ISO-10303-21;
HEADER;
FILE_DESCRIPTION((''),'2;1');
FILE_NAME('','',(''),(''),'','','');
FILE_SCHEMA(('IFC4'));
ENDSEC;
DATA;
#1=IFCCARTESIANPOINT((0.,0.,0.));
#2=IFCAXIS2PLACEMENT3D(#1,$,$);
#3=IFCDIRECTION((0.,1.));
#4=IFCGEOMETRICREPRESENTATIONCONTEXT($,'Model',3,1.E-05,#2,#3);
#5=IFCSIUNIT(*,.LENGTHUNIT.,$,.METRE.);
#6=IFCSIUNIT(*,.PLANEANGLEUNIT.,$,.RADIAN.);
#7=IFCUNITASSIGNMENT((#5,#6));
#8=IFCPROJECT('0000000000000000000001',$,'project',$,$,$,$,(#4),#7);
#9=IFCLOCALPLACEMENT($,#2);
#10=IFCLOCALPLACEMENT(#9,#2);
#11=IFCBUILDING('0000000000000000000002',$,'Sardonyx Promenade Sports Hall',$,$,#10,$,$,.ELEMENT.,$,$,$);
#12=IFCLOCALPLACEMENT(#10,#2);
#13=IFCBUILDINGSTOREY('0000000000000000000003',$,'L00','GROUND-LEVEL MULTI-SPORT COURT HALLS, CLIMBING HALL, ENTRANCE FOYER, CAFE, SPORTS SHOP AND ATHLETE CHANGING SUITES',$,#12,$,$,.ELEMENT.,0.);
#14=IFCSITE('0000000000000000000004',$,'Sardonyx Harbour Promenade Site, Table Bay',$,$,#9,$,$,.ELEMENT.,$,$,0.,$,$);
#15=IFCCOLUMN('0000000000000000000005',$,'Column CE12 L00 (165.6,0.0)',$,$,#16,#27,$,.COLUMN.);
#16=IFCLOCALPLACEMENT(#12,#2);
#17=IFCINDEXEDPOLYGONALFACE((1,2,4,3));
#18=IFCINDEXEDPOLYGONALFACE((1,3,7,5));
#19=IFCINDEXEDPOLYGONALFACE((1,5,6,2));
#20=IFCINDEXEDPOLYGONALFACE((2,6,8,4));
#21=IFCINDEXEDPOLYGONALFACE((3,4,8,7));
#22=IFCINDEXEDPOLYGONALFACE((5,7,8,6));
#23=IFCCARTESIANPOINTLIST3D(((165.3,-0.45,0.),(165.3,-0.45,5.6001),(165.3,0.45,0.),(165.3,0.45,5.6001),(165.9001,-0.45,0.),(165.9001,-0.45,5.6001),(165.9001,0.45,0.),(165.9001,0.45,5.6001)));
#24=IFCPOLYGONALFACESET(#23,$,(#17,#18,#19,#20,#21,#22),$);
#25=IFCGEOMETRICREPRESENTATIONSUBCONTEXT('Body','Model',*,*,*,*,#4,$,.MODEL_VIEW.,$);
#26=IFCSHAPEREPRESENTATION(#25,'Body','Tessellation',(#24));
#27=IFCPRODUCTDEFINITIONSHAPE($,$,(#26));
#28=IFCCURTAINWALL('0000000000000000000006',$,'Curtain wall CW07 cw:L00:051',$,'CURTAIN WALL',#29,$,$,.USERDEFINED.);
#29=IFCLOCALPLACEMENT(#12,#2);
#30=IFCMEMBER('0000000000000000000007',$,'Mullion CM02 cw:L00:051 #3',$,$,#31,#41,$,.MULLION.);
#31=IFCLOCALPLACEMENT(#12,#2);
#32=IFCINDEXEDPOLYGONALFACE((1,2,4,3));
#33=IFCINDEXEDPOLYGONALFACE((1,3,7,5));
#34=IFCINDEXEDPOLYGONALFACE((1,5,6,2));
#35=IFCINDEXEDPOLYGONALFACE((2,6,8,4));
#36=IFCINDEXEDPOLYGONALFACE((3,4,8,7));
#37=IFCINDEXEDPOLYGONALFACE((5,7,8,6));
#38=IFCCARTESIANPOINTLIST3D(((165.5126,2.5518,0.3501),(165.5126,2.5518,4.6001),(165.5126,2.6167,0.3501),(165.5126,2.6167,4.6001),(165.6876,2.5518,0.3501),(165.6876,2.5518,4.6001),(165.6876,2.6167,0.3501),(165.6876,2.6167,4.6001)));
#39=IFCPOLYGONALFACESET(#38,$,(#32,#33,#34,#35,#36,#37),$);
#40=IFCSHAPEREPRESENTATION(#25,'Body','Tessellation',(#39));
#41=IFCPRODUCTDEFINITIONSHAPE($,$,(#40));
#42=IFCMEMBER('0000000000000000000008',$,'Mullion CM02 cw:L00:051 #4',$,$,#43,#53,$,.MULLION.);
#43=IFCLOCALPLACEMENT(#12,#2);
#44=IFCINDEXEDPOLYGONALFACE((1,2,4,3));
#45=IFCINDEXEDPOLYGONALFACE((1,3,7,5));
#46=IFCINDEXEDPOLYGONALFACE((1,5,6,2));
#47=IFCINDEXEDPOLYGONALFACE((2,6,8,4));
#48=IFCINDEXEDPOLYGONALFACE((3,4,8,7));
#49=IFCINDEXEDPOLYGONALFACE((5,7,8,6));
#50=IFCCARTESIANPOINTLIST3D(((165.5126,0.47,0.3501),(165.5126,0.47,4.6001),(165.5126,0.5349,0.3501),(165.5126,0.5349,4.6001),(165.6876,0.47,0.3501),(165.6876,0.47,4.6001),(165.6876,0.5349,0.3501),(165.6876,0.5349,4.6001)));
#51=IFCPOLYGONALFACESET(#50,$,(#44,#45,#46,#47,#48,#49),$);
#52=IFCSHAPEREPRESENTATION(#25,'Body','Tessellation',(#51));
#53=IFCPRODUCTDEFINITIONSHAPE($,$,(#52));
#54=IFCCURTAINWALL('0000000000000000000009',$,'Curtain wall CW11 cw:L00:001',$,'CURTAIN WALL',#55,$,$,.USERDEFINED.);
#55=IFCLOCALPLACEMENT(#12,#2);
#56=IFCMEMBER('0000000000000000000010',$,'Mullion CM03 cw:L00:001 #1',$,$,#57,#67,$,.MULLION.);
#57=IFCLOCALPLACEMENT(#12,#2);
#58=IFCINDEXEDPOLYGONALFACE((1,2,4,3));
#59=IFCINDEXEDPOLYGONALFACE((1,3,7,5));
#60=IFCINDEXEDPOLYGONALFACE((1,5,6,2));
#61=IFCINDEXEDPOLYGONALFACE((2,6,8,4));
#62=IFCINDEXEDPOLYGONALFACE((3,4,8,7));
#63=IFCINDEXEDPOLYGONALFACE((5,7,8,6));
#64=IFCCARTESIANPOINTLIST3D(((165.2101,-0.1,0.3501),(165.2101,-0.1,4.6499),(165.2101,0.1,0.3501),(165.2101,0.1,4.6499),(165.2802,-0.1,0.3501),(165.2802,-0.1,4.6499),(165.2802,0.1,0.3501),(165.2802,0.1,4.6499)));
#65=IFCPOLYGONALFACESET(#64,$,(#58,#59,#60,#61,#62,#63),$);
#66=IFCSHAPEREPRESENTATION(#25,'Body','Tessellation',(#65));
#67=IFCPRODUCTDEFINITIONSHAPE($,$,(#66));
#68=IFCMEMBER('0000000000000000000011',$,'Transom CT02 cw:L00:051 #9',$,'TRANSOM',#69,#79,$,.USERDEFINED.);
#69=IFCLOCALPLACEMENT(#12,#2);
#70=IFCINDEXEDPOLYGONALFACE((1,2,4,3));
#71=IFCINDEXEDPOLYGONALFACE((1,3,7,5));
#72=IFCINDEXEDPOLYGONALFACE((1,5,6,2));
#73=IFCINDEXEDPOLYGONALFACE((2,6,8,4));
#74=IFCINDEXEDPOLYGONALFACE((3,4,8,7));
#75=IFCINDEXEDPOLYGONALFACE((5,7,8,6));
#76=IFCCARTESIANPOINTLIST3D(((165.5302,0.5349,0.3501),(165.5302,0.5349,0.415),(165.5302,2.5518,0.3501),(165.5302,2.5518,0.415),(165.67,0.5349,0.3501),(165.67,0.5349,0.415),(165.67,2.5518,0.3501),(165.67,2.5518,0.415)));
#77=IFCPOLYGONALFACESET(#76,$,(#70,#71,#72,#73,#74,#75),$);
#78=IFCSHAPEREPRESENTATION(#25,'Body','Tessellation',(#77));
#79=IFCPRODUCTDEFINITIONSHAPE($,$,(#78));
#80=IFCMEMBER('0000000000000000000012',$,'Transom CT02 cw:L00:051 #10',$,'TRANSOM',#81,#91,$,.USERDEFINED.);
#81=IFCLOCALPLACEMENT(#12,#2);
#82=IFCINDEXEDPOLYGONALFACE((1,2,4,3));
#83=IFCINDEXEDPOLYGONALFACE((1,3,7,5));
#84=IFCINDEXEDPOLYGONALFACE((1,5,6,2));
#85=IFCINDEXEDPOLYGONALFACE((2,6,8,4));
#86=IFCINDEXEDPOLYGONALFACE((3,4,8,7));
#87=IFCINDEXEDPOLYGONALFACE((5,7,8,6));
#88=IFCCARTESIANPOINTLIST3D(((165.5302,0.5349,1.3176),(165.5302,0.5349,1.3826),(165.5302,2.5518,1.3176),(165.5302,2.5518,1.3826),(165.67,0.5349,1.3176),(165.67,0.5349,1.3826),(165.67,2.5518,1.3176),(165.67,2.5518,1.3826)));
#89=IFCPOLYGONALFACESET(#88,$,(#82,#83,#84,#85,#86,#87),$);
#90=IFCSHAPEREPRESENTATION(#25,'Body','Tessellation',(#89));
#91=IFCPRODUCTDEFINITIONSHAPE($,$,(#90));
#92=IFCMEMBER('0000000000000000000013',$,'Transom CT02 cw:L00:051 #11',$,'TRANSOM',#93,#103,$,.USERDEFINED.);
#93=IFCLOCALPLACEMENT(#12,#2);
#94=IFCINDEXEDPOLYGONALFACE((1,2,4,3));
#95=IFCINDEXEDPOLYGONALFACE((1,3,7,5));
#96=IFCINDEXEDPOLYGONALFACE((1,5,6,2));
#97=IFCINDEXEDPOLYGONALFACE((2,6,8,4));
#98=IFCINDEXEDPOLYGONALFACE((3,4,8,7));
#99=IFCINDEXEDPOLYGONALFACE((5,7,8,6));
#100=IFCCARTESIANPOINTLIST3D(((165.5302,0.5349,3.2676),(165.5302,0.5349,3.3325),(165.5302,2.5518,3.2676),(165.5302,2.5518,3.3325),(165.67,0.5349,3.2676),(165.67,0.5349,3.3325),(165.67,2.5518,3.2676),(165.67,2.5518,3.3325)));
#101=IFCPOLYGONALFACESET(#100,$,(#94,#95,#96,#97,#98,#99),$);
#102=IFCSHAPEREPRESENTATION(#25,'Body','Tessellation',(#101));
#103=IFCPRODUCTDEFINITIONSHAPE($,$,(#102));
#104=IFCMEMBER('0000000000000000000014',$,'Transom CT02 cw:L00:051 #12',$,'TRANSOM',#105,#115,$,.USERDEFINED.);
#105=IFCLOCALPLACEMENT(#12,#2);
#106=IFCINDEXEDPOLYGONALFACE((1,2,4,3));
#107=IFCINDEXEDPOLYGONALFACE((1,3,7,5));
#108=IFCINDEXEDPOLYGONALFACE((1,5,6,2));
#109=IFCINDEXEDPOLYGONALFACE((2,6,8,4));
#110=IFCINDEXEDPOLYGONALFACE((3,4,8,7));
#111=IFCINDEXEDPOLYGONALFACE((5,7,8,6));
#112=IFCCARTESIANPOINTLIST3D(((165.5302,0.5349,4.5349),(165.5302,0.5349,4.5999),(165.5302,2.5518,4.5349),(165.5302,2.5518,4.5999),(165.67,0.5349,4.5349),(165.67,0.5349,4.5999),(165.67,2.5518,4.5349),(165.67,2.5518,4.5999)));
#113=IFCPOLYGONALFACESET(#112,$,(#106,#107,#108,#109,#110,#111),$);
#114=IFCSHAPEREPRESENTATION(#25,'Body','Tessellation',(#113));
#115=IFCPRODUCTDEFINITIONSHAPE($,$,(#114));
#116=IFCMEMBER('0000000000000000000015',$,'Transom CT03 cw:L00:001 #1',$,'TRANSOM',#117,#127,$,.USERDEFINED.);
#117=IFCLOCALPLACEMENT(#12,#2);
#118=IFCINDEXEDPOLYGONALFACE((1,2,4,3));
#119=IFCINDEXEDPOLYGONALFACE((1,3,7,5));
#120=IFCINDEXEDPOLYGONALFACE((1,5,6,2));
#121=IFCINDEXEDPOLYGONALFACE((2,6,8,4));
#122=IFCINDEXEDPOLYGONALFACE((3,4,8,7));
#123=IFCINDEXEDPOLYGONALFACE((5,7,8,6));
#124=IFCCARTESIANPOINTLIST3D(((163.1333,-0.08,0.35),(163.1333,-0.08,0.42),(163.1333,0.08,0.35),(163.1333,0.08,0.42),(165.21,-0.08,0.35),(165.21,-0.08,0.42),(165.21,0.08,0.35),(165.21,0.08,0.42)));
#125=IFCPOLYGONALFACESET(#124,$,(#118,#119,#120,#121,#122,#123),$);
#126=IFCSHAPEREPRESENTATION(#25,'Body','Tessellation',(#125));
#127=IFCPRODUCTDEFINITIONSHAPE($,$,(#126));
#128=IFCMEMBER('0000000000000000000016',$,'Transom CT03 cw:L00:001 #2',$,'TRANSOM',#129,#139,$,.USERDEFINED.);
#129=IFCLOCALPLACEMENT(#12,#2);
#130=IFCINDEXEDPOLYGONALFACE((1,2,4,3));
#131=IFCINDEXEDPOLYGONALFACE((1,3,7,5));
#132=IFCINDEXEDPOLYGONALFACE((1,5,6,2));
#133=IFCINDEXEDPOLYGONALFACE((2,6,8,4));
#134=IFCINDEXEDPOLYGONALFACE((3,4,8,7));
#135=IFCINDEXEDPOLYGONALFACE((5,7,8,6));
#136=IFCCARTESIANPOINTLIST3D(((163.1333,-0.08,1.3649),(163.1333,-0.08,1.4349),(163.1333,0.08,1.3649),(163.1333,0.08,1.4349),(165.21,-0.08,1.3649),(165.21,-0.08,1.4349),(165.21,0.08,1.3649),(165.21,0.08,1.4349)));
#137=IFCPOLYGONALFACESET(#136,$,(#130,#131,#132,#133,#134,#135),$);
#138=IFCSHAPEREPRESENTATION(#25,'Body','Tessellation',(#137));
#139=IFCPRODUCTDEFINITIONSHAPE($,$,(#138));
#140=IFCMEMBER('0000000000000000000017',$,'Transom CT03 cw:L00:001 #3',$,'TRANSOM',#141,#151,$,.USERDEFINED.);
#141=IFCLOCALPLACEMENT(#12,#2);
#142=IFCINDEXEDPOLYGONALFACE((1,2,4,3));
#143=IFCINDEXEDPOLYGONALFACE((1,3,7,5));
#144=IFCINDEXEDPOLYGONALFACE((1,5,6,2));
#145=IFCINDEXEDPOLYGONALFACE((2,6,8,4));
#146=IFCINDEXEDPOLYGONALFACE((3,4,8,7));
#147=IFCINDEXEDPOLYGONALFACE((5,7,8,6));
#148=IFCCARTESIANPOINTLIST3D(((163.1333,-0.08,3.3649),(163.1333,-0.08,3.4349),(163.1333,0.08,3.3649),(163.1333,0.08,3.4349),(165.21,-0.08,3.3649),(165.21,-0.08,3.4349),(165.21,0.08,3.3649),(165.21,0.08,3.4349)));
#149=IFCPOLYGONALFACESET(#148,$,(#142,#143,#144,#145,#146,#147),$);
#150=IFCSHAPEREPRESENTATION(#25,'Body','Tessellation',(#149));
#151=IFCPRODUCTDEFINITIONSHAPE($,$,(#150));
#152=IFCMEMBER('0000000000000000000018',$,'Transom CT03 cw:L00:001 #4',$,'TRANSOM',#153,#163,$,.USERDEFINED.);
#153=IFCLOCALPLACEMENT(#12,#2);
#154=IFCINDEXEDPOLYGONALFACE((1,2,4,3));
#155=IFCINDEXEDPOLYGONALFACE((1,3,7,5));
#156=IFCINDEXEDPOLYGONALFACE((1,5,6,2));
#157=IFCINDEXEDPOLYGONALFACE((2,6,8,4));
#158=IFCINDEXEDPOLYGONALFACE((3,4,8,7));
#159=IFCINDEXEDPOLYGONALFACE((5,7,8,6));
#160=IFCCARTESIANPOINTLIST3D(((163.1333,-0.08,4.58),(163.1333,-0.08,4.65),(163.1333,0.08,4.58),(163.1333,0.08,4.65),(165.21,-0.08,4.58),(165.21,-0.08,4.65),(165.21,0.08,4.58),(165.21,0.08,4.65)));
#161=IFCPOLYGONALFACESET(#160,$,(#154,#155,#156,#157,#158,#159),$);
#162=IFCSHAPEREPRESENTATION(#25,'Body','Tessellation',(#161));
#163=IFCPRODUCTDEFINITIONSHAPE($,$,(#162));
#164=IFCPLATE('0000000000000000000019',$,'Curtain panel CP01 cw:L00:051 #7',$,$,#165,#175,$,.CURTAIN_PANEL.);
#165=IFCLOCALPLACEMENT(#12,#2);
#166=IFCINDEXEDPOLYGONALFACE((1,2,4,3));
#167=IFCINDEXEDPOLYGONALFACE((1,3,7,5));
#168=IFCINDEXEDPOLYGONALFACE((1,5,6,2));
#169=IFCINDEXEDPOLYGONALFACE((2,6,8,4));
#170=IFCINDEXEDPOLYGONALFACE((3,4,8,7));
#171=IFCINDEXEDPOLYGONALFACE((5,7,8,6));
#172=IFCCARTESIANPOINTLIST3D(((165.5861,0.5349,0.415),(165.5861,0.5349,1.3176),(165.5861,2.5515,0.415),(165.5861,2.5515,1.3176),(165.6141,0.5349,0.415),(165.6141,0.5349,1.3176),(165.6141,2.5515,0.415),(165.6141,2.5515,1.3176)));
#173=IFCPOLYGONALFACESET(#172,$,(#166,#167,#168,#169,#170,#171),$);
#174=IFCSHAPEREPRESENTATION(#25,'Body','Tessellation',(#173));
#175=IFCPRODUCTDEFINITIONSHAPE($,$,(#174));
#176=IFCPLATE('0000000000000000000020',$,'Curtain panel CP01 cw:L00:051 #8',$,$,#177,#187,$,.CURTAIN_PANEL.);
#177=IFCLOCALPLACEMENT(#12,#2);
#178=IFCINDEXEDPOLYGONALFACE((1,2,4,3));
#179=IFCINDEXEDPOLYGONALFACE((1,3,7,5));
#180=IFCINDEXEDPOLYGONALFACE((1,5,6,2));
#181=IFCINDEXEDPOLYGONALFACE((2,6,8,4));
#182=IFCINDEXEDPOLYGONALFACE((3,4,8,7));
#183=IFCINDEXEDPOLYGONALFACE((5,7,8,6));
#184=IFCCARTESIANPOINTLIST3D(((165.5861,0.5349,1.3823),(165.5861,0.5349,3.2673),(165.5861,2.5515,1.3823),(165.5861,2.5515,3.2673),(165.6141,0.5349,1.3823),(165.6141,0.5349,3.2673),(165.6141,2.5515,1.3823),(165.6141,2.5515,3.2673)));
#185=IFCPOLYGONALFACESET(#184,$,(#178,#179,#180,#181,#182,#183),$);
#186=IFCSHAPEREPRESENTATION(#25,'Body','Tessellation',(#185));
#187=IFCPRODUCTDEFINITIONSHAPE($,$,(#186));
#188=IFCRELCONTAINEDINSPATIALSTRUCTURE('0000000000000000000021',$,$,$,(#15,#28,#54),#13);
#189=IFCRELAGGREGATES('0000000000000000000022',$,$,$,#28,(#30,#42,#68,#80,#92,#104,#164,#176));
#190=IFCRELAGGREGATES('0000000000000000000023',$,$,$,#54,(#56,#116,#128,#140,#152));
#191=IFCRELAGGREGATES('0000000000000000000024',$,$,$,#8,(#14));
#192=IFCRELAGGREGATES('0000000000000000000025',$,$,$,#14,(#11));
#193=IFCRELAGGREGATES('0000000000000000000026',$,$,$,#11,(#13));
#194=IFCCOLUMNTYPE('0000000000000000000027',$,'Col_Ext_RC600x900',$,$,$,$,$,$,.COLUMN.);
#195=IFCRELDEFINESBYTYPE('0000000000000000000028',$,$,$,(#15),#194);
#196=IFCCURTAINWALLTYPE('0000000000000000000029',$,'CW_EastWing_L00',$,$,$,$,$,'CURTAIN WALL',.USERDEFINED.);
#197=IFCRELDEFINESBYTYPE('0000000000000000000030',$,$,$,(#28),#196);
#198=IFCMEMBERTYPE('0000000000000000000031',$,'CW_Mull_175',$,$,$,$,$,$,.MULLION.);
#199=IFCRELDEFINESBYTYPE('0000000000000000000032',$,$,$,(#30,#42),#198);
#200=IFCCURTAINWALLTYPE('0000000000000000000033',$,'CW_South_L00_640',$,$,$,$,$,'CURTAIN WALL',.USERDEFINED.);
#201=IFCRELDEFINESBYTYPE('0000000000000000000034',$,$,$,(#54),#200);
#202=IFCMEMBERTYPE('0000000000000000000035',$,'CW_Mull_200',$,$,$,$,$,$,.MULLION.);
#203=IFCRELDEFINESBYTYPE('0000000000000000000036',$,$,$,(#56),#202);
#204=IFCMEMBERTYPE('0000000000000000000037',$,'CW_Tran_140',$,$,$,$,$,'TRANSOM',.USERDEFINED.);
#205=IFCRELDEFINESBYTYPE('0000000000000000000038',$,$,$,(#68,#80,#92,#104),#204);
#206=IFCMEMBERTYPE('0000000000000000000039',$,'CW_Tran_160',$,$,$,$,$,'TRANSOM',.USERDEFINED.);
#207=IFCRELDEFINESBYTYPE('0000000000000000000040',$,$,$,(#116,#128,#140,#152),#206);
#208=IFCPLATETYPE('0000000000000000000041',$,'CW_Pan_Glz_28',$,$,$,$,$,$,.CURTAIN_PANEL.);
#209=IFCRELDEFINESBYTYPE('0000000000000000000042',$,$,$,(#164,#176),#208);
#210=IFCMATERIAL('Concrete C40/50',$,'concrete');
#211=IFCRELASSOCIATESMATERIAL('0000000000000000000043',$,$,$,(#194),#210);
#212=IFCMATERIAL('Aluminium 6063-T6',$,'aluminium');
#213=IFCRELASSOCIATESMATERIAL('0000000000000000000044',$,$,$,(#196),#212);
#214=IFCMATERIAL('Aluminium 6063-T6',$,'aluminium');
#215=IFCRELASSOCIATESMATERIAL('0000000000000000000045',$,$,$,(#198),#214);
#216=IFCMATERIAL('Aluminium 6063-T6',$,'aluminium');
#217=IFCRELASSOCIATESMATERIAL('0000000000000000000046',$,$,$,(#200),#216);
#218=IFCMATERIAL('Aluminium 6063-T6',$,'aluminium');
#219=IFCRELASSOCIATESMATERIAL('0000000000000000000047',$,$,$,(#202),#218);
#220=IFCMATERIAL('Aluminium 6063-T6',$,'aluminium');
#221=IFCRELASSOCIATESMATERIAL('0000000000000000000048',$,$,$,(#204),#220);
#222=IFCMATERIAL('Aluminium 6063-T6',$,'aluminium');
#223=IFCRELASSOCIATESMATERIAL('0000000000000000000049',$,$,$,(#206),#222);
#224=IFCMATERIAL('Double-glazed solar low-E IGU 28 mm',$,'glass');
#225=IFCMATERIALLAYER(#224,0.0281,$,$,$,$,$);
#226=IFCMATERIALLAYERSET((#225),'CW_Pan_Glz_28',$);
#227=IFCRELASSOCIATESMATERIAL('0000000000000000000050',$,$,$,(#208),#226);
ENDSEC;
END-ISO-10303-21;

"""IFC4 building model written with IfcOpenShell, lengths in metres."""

from ifc_helpers import new_model, si_unit, direction, frame, origin, origin_2d, place, context, subcontext, project, spatial, rectangle, extrude, material, layer, layer_set, material_profile, profile_set, type_object, element, aggregate, save


model = new_model("IFC4")

# Units and contexts
model_context = context("Model", 3, precision=1e-05, world=origin(), true_north=direction((0.0, 1.0)))
body_context = subcontext(model_context, "Body", "Model", "MODEL_VIEW")
ifc_project = project(units=[si_unit("LENGTHUNIT", "METRE"), si_unit("PLANEANGLEUNIT", "RADIAN")], contexts=[model_context])

# Site, building, storey
site_placement = place(None, origin())
site = spatial("IfcSite", under=ifc_project, at=site_placement, Name="Sardonyx Harbour Promenade Site, Table Bay", CompositionType="ELEMENT", RefElevation=0.0)
building_placement = place(site_placement, origin())
building = spatial("IfcBuilding", under=site, at=building_placement, Name="Sardonyx Promenade Sports Hall", CompositionType="ELEMENT")
storey_placement = place(building_placement, origin())
storey = spatial("IfcBuildingStorey", under=building, at=storey_placement, Name="L00", Description="GROUND-LEVEL MULTI-SPORT COURT HALLS, CLIMBING HALL, ENTRANCE FOYER, CAFE, SPORTS SHOP AND ATHLETE CHANGING SUITES", CompositionType="ELEMENT", Elevation=0.0)

# Column
ifc_material_1 = material(Name="Concrete C40/50", Category="concrete")
ifc_material_profile_1 = material_profile(ifc_material_1, rectangle(XDim=0.6001, YDim=0.8999, at=origin_2d()))
ifc_profile_set_1 = profile_set([ifc_material_profile_1], Name="Concrete C40/50")
column_type = type_object("IfcColumnType", Name="Col_Ext_RC600x900", PredefinedType="COLUMN", material=ifc_profile_set_1)
column_placement = place(storey_placement, frame((165.6001, 0.0, 0.0), z_axis=(0.0, 0.0, 1.0), x_axis=(1.0, 0.0, 0.0)))
element("IfcColumn", 1, at=column_placement, inside=storey, type_object=column_type, Name="Column CE12 L00 (165.6,0.0)", PredefinedType="COLUMN", context=body_context, shape_type="SweptSolid", body=[
    extrude(rectangle(XDim=0.6001, YDim=0.8999, at=origin_2d()), origin(), (0.0, 0.0, 1.0), 5.6001),
])

# Curtain wall, members
ifc_material_2 = material(Name="Aluminium 6063-T6", Category="aluminium")
curtain_wall_type_1 = type_object("IfcCurtainWallType", Name="CW_EastWing_L00", ElementType="CURTAIN WALL", PredefinedType="USERDEFINED", material=ifc_material_2)
curtain_wall_1_placement = place(storey_placement, origin())
curtain_wall_1 = element("IfcCurtainWall", 2, at=curtain_wall_1_placement, inside=storey, type_object=curtain_wall_type_1, Name="Curtain wall CW07 cw:L00:051", ObjectType="CURTAIN WALL", PredefinedType="USERDEFINED")
ifc_material_3 = material(Name="Aluminium 6063-T6", Category="aluminium")
ifc_material_profile_2 = material_profile(ifc_material_3, rectangle(XDim=0.0649, YDim=0.175, at=origin_2d()))
ifc_profile_set_2 = profile_set([ifc_material_profile_2], Name="Aluminium 6063-T6")
member_type_1 = type_object("IfcMemberType", Name="CW_Mull_175", PredefinedType="MULLION", material=ifc_profile_set_2)
member_1_placement = place(storey_placement, frame((165.6001, 2.5842, 0.3501), z_axis=(0.0, 0.0, 1.0), x_axis=(0.0, -1.0, 0.0)))
member_1 = element("IfcMember", 3, at=member_1_placement, type_object=member_type_1, Name="Mullion CM02 cw:L00:051 #3", PredefinedType="MULLION", context=body_context, shape_type="SweptSolid", body=[
    extrude(rectangle(XDim=0.0649, YDim=0.175, at=origin_2d()), origin(), (0.0, 0.0, 1.0), 4.25),
])
member_2_placement = place(storey_placement, frame((165.6001, 0.5024, 0.3501), z_axis=(0.0, 0.0, 1.0), x_axis=(0.0, -1.0, 0.0)))
member_2 = element("IfcMember", 4, at=member_2_placement, type_object=member_type_1, Name="Mullion CM02 cw:L00:051 #4", PredefinedType="MULLION", context=body_context, shape_type="SweptSolid", body=[
    extrude(rectangle(XDim=0.0649, YDim=0.175, at=origin_2d()), origin(), (0.0, 0.0, 1.0), 4.25),
])

# Curtain wall, member
ifc_material_4 = material(Name="Aluminium 6063-T6", Category="aluminium")
curtain_wall_type_2 = type_object("IfcCurtainWallType", Name="CW_South_L00_640", ElementType="CURTAIN WALL", PredefinedType="USERDEFINED", material=ifc_material_4)
curtain_wall_2_placement = place(storey_placement, origin())
curtain_wall_2 = element("IfcCurtainWall", 5, at=curtain_wall_2_placement, inside=storey, type_object=curtain_wall_type_2, Name="Curtain wall CW11 cw:L00:001", ObjectType="CURTAIN WALL", PredefinedType="USERDEFINED")
ifc_material_5 = material(Name="Aluminium 6063-T6", Category="aluminium")
ifc_material_profile_3 = material_profile(ifc_material_5, rectangle(XDim=0.0701, YDim=0.2, at=origin_2d()))
ifc_profile_set_3 = profile_set([ifc_material_profile_3], Name="Aluminium 6063-T6")
member_type_2 = type_object("IfcMemberType", Name="CW_Mull_200", PredefinedType="MULLION", material=ifc_profile_set_3)
member_3_placement = place(storey_placement, frame((165.2451, 0.0, 0.3501), z_axis=(0.0, 0.0, 1.0), x_axis=(-1.0, 0.0, 0.0)))
member_3 = element("IfcMember", 6, at=member_3_placement, type_object=member_type_2, Name="Mullion CM03 cw:L00:001 #1", PredefinedType="MULLION", context=body_context, shape_type="SweptSolid", body=[
    extrude(rectangle(XDim=0.0701, YDim=0.2, at=origin_2d()), origin(), (0.0, 0.0, 1.0), 4.2998),
])

# Members
ifc_material_6 = material(Name="Aluminium 6063-T6", Category="aluminium")
ifc_material_profile_4 = material_profile(ifc_material_6, rectangle(XDim=0.0649, YDim=0.1399, at=origin_2d()))
ifc_profile_set_4 = profile_set([ifc_material_profile_4], Name="Aluminium 6063-T6")
member_type_3 = type_object("IfcMemberType", Name="CW_Tran_140", ElementType="TRANSOM", PredefinedType="USERDEFINED", material=ifc_profile_set_4)
member_4_placement = place(storey_placement, frame((165.6001, 2.5518, 0.3826), z_axis=(0.0, -1.0, 0.0), x_axis=(0.0, 0.0, 1.0)))
member_4 = element("IfcMember", 7, at=member_4_placement, type_object=member_type_3, Name="Transom CT02 cw:L00:051 #9", ObjectType="TRANSOM", PredefinedType="USERDEFINED", context=body_context, shape_type="SweptSolid", body=[
    extrude(rectangle(XDim=0.0649, YDim=0.1399, at=origin_2d()), origin(), (0.0, 0.0, 1.0), 2.0168),
])
member_5_placement = place(storey_placement, frame((165.6001, 2.5518, 1.3501), z_axis=(0.0, -1.0, 0.0), x_axis=(0.0, 0.0, 1.0)))
member_5 = element("IfcMember", 8, at=member_5_placement, type_object=member_type_3, Name="Transom CT02 cw:L00:051 #10", ObjectType="TRANSOM", PredefinedType="USERDEFINED", context=body_context, shape_type="SweptSolid", body=[
    extrude(rectangle(XDim=0.0649, YDim=0.1399, at=origin_2d()), origin(), (0.0, 0.0, 1.0), 2.0168),
])
member_6_placement = place(storey_placement, frame((165.6001, 2.5518, 3.3), z_axis=(0.0, -1.0, 0.0), x_axis=(0.0, 0.0, 1.0)))
member_6 = element("IfcMember", 9, at=member_6_placement, type_object=member_type_3, Name="Transom CT02 cw:L00:051 #11", ObjectType="TRANSOM", PredefinedType="USERDEFINED", context=body_context, shape_type="SweptSolid", body=[
    extrude(rectangle(XDim=0.0649, YDim=0.1399, at=origin_2d()), origin(), (0.0, 0.0, 1.0), 2.0168),
])
member_7_placement = place(storey_placement, frame((165.6001, 2.5518, 4.5674), z_axis=(0.0, -1.0, 0.0), x_axis=(0.0, 0.0, 1.0)))
member_7 = element("IfcMember", 10, at=member_7_placement, type_object=member_type_3, Name="Transom CT02 cw:L00:051 #12", ObjectType="TRANSOM", PredefinedType="USERDEFINED", context=body_context, shape_type="SweptSolid", body=[
    extrude(rectangle(XDim=0.0649, YDim=0.1399, at=origin_2d()), origin(), (0.0, 0.0, 1.0), 2.0168),
])
ifc_material_7 = material(Name="Aluminium 6063-T6", Category="aluminium")
ifc_material_profile_5 = material_profile(ifc_material_7, rectangle(XDim=0.0701, YDim=0.1599, at=origin_2d()))
ifc_profile_set_5 = profile_set([ifc_material_profile_5], Name="Aluminium 6063-T6")
member_type_4 = type_object("IfcMemberType", Name="CW_Tran_160", ElementType="TRANSOM", PredefinedType="USERDEFINED", material=ifc_profile_set_5)
member_8_placement = place(storey_placement, frame((165.21, 0.0, 0.385), z_axis=(-1.0, 0.0, 0.0), x_axis=(0.0, 0.0, 1.0)))
member_8 = element("IfcMember", 11, at=member_8_placement, type_object=member_type_4, Name="Transom CT03 cw:L00:001 #1", ObjectType="TRANSOM", PredefinedType="USERDEFINED", context=body_context, shape_type="SweptSolid", body=[
    extrude(rectangle(XDim=0.0701, YDim=0.1599, at=origin_2d()), origin(), (0.0, 0.0, 1.0), 2.0767),
])
member_9_placement = place(storey_placement, frame((165.21, 0.0, 1.3999), z_axis=(-1.0, 0.0, 0.0), x_axis=(0.0, 0.0, 1.0)))
member_9 = element("IfcMember", 12, at=member_9_placement, type_object=member_type_4, Name="Transom CT03 cw:L00:001 #2", ObjectType="TRANSOM", PredefinedType="USERDEFINED", context=body_context, shape_type="SweptSolid", body=[
    extrude(rectangle(XDim=0.0701, YDim=0.1599, at=origin_2d()), origin(), (0.0, 0.0, 1.0), 2.0767),
])
member_10_placement = place(storey_placement, frame((165.21, 0.0, 3.3999), z_axis=(-1.0, 0.0, 0.0), x_axis=(0.0, 0.0, 1.0)))
member_10 = element("IfcMember", 13, at=member_10_placement, type_object=member_type_4, Name="Transom CT03 cw:L00:001 #3", ObjectType="TRANSOM", PredefinedType="USERDEFINED", context=body_context, shape_type="SweptSolid", body=[
    extrude(rectangle(XDim=0.0701, YDim=0.1599, at=origin_2d()), origin(), (0.0, 0.0, 1.0), 2.0767),
])
member_11_placement = place(storey_placement, frame((165.21, 0.0, 4.615), z_axis=(-1.0, 0.0, 0.0), x_axis=(0.0, 0.0, 1.0)))
member_11 = element("IfcMember", 14, at=member_11_placement, type_object=member_type_4, Name="Transom CT03 cw:L00:001 #4", ObjectType="TRANSOM", PredefinedType="USERDEFINED", context=body_context, shape_type="SweptSolid", body=[
    extrude(rectangle(XDim=0.0701, YDim=0.1599, at=origin_2d()), origin(), (0.0, 0.0, 1.0), 2.0767),
])

# Plates
ifc_material_8 = material(Name="Double-glazed solar low-E IGU 28 mm", Category="glass")
ifc_layer_1 = layer(ifc_material_8, 0.0281)
ifc_layer_set_1 = layer_set([ifc_layer_1], Name="CW_Pan_Glz_28")
plate_type_1 = type_object("IfcPlateType", Name="CW_Pan_Glz_28", PredefinedType="CURTAIN_PANEL", material=ifc_layer_set_1)
plate_1_placement = place(storey_placement, frame((165.6001, 1.5432, 0.415), z_axis=(0.0, 0.0, 1.0), x_axis=(0.0, -1.0, 0.0)))
plate_1 = element("IfcPlate", 15, at=plate_1_placement, type_object=plate_type_1, Name="Curtain panel CP01 cw:L00:051 #7", PredefinedType="CURTAIN_PANEL", context=body_context, shape_type="SweptSolid", body=[
    extrude(rectangle(XDim=2.0166, YDim=0.0281, at=origin_2d()), origin(), (0.0, 0.0, 1.0), 0.9026),
])
plate_2_placement = place(storey_placement, frame((165.6001, 1.5432, 1.3823), z_axis=(0.0, 0.0, 1.0), x_axis=(0.0, -1.0, 0.0)))
plate_2 = element("IfcPlate", 16, at=plate_2_placement, type_object=plate_type_1, Name="Curtain panel CP01 cw:L00:051 #8", PredefinedType="CURTAIN_PANEL", context=body_context, shape_type="SweptSolid", body=[
    extrude(rectangle(XDim=2.0166, YDim=0.0281, at=origin_2d()), origin(), (0.0, 0.0, 1.0), 1.885),
])
aggregate(curtain_wall_1, [member_1, member_2, member_4, member_5, member_6, member_7, plate_1, plate_2])
aggregate(curtain_wall_2, [member_3, member_8, member_9, member_10, member_11])

save(model, "model.ifc")
